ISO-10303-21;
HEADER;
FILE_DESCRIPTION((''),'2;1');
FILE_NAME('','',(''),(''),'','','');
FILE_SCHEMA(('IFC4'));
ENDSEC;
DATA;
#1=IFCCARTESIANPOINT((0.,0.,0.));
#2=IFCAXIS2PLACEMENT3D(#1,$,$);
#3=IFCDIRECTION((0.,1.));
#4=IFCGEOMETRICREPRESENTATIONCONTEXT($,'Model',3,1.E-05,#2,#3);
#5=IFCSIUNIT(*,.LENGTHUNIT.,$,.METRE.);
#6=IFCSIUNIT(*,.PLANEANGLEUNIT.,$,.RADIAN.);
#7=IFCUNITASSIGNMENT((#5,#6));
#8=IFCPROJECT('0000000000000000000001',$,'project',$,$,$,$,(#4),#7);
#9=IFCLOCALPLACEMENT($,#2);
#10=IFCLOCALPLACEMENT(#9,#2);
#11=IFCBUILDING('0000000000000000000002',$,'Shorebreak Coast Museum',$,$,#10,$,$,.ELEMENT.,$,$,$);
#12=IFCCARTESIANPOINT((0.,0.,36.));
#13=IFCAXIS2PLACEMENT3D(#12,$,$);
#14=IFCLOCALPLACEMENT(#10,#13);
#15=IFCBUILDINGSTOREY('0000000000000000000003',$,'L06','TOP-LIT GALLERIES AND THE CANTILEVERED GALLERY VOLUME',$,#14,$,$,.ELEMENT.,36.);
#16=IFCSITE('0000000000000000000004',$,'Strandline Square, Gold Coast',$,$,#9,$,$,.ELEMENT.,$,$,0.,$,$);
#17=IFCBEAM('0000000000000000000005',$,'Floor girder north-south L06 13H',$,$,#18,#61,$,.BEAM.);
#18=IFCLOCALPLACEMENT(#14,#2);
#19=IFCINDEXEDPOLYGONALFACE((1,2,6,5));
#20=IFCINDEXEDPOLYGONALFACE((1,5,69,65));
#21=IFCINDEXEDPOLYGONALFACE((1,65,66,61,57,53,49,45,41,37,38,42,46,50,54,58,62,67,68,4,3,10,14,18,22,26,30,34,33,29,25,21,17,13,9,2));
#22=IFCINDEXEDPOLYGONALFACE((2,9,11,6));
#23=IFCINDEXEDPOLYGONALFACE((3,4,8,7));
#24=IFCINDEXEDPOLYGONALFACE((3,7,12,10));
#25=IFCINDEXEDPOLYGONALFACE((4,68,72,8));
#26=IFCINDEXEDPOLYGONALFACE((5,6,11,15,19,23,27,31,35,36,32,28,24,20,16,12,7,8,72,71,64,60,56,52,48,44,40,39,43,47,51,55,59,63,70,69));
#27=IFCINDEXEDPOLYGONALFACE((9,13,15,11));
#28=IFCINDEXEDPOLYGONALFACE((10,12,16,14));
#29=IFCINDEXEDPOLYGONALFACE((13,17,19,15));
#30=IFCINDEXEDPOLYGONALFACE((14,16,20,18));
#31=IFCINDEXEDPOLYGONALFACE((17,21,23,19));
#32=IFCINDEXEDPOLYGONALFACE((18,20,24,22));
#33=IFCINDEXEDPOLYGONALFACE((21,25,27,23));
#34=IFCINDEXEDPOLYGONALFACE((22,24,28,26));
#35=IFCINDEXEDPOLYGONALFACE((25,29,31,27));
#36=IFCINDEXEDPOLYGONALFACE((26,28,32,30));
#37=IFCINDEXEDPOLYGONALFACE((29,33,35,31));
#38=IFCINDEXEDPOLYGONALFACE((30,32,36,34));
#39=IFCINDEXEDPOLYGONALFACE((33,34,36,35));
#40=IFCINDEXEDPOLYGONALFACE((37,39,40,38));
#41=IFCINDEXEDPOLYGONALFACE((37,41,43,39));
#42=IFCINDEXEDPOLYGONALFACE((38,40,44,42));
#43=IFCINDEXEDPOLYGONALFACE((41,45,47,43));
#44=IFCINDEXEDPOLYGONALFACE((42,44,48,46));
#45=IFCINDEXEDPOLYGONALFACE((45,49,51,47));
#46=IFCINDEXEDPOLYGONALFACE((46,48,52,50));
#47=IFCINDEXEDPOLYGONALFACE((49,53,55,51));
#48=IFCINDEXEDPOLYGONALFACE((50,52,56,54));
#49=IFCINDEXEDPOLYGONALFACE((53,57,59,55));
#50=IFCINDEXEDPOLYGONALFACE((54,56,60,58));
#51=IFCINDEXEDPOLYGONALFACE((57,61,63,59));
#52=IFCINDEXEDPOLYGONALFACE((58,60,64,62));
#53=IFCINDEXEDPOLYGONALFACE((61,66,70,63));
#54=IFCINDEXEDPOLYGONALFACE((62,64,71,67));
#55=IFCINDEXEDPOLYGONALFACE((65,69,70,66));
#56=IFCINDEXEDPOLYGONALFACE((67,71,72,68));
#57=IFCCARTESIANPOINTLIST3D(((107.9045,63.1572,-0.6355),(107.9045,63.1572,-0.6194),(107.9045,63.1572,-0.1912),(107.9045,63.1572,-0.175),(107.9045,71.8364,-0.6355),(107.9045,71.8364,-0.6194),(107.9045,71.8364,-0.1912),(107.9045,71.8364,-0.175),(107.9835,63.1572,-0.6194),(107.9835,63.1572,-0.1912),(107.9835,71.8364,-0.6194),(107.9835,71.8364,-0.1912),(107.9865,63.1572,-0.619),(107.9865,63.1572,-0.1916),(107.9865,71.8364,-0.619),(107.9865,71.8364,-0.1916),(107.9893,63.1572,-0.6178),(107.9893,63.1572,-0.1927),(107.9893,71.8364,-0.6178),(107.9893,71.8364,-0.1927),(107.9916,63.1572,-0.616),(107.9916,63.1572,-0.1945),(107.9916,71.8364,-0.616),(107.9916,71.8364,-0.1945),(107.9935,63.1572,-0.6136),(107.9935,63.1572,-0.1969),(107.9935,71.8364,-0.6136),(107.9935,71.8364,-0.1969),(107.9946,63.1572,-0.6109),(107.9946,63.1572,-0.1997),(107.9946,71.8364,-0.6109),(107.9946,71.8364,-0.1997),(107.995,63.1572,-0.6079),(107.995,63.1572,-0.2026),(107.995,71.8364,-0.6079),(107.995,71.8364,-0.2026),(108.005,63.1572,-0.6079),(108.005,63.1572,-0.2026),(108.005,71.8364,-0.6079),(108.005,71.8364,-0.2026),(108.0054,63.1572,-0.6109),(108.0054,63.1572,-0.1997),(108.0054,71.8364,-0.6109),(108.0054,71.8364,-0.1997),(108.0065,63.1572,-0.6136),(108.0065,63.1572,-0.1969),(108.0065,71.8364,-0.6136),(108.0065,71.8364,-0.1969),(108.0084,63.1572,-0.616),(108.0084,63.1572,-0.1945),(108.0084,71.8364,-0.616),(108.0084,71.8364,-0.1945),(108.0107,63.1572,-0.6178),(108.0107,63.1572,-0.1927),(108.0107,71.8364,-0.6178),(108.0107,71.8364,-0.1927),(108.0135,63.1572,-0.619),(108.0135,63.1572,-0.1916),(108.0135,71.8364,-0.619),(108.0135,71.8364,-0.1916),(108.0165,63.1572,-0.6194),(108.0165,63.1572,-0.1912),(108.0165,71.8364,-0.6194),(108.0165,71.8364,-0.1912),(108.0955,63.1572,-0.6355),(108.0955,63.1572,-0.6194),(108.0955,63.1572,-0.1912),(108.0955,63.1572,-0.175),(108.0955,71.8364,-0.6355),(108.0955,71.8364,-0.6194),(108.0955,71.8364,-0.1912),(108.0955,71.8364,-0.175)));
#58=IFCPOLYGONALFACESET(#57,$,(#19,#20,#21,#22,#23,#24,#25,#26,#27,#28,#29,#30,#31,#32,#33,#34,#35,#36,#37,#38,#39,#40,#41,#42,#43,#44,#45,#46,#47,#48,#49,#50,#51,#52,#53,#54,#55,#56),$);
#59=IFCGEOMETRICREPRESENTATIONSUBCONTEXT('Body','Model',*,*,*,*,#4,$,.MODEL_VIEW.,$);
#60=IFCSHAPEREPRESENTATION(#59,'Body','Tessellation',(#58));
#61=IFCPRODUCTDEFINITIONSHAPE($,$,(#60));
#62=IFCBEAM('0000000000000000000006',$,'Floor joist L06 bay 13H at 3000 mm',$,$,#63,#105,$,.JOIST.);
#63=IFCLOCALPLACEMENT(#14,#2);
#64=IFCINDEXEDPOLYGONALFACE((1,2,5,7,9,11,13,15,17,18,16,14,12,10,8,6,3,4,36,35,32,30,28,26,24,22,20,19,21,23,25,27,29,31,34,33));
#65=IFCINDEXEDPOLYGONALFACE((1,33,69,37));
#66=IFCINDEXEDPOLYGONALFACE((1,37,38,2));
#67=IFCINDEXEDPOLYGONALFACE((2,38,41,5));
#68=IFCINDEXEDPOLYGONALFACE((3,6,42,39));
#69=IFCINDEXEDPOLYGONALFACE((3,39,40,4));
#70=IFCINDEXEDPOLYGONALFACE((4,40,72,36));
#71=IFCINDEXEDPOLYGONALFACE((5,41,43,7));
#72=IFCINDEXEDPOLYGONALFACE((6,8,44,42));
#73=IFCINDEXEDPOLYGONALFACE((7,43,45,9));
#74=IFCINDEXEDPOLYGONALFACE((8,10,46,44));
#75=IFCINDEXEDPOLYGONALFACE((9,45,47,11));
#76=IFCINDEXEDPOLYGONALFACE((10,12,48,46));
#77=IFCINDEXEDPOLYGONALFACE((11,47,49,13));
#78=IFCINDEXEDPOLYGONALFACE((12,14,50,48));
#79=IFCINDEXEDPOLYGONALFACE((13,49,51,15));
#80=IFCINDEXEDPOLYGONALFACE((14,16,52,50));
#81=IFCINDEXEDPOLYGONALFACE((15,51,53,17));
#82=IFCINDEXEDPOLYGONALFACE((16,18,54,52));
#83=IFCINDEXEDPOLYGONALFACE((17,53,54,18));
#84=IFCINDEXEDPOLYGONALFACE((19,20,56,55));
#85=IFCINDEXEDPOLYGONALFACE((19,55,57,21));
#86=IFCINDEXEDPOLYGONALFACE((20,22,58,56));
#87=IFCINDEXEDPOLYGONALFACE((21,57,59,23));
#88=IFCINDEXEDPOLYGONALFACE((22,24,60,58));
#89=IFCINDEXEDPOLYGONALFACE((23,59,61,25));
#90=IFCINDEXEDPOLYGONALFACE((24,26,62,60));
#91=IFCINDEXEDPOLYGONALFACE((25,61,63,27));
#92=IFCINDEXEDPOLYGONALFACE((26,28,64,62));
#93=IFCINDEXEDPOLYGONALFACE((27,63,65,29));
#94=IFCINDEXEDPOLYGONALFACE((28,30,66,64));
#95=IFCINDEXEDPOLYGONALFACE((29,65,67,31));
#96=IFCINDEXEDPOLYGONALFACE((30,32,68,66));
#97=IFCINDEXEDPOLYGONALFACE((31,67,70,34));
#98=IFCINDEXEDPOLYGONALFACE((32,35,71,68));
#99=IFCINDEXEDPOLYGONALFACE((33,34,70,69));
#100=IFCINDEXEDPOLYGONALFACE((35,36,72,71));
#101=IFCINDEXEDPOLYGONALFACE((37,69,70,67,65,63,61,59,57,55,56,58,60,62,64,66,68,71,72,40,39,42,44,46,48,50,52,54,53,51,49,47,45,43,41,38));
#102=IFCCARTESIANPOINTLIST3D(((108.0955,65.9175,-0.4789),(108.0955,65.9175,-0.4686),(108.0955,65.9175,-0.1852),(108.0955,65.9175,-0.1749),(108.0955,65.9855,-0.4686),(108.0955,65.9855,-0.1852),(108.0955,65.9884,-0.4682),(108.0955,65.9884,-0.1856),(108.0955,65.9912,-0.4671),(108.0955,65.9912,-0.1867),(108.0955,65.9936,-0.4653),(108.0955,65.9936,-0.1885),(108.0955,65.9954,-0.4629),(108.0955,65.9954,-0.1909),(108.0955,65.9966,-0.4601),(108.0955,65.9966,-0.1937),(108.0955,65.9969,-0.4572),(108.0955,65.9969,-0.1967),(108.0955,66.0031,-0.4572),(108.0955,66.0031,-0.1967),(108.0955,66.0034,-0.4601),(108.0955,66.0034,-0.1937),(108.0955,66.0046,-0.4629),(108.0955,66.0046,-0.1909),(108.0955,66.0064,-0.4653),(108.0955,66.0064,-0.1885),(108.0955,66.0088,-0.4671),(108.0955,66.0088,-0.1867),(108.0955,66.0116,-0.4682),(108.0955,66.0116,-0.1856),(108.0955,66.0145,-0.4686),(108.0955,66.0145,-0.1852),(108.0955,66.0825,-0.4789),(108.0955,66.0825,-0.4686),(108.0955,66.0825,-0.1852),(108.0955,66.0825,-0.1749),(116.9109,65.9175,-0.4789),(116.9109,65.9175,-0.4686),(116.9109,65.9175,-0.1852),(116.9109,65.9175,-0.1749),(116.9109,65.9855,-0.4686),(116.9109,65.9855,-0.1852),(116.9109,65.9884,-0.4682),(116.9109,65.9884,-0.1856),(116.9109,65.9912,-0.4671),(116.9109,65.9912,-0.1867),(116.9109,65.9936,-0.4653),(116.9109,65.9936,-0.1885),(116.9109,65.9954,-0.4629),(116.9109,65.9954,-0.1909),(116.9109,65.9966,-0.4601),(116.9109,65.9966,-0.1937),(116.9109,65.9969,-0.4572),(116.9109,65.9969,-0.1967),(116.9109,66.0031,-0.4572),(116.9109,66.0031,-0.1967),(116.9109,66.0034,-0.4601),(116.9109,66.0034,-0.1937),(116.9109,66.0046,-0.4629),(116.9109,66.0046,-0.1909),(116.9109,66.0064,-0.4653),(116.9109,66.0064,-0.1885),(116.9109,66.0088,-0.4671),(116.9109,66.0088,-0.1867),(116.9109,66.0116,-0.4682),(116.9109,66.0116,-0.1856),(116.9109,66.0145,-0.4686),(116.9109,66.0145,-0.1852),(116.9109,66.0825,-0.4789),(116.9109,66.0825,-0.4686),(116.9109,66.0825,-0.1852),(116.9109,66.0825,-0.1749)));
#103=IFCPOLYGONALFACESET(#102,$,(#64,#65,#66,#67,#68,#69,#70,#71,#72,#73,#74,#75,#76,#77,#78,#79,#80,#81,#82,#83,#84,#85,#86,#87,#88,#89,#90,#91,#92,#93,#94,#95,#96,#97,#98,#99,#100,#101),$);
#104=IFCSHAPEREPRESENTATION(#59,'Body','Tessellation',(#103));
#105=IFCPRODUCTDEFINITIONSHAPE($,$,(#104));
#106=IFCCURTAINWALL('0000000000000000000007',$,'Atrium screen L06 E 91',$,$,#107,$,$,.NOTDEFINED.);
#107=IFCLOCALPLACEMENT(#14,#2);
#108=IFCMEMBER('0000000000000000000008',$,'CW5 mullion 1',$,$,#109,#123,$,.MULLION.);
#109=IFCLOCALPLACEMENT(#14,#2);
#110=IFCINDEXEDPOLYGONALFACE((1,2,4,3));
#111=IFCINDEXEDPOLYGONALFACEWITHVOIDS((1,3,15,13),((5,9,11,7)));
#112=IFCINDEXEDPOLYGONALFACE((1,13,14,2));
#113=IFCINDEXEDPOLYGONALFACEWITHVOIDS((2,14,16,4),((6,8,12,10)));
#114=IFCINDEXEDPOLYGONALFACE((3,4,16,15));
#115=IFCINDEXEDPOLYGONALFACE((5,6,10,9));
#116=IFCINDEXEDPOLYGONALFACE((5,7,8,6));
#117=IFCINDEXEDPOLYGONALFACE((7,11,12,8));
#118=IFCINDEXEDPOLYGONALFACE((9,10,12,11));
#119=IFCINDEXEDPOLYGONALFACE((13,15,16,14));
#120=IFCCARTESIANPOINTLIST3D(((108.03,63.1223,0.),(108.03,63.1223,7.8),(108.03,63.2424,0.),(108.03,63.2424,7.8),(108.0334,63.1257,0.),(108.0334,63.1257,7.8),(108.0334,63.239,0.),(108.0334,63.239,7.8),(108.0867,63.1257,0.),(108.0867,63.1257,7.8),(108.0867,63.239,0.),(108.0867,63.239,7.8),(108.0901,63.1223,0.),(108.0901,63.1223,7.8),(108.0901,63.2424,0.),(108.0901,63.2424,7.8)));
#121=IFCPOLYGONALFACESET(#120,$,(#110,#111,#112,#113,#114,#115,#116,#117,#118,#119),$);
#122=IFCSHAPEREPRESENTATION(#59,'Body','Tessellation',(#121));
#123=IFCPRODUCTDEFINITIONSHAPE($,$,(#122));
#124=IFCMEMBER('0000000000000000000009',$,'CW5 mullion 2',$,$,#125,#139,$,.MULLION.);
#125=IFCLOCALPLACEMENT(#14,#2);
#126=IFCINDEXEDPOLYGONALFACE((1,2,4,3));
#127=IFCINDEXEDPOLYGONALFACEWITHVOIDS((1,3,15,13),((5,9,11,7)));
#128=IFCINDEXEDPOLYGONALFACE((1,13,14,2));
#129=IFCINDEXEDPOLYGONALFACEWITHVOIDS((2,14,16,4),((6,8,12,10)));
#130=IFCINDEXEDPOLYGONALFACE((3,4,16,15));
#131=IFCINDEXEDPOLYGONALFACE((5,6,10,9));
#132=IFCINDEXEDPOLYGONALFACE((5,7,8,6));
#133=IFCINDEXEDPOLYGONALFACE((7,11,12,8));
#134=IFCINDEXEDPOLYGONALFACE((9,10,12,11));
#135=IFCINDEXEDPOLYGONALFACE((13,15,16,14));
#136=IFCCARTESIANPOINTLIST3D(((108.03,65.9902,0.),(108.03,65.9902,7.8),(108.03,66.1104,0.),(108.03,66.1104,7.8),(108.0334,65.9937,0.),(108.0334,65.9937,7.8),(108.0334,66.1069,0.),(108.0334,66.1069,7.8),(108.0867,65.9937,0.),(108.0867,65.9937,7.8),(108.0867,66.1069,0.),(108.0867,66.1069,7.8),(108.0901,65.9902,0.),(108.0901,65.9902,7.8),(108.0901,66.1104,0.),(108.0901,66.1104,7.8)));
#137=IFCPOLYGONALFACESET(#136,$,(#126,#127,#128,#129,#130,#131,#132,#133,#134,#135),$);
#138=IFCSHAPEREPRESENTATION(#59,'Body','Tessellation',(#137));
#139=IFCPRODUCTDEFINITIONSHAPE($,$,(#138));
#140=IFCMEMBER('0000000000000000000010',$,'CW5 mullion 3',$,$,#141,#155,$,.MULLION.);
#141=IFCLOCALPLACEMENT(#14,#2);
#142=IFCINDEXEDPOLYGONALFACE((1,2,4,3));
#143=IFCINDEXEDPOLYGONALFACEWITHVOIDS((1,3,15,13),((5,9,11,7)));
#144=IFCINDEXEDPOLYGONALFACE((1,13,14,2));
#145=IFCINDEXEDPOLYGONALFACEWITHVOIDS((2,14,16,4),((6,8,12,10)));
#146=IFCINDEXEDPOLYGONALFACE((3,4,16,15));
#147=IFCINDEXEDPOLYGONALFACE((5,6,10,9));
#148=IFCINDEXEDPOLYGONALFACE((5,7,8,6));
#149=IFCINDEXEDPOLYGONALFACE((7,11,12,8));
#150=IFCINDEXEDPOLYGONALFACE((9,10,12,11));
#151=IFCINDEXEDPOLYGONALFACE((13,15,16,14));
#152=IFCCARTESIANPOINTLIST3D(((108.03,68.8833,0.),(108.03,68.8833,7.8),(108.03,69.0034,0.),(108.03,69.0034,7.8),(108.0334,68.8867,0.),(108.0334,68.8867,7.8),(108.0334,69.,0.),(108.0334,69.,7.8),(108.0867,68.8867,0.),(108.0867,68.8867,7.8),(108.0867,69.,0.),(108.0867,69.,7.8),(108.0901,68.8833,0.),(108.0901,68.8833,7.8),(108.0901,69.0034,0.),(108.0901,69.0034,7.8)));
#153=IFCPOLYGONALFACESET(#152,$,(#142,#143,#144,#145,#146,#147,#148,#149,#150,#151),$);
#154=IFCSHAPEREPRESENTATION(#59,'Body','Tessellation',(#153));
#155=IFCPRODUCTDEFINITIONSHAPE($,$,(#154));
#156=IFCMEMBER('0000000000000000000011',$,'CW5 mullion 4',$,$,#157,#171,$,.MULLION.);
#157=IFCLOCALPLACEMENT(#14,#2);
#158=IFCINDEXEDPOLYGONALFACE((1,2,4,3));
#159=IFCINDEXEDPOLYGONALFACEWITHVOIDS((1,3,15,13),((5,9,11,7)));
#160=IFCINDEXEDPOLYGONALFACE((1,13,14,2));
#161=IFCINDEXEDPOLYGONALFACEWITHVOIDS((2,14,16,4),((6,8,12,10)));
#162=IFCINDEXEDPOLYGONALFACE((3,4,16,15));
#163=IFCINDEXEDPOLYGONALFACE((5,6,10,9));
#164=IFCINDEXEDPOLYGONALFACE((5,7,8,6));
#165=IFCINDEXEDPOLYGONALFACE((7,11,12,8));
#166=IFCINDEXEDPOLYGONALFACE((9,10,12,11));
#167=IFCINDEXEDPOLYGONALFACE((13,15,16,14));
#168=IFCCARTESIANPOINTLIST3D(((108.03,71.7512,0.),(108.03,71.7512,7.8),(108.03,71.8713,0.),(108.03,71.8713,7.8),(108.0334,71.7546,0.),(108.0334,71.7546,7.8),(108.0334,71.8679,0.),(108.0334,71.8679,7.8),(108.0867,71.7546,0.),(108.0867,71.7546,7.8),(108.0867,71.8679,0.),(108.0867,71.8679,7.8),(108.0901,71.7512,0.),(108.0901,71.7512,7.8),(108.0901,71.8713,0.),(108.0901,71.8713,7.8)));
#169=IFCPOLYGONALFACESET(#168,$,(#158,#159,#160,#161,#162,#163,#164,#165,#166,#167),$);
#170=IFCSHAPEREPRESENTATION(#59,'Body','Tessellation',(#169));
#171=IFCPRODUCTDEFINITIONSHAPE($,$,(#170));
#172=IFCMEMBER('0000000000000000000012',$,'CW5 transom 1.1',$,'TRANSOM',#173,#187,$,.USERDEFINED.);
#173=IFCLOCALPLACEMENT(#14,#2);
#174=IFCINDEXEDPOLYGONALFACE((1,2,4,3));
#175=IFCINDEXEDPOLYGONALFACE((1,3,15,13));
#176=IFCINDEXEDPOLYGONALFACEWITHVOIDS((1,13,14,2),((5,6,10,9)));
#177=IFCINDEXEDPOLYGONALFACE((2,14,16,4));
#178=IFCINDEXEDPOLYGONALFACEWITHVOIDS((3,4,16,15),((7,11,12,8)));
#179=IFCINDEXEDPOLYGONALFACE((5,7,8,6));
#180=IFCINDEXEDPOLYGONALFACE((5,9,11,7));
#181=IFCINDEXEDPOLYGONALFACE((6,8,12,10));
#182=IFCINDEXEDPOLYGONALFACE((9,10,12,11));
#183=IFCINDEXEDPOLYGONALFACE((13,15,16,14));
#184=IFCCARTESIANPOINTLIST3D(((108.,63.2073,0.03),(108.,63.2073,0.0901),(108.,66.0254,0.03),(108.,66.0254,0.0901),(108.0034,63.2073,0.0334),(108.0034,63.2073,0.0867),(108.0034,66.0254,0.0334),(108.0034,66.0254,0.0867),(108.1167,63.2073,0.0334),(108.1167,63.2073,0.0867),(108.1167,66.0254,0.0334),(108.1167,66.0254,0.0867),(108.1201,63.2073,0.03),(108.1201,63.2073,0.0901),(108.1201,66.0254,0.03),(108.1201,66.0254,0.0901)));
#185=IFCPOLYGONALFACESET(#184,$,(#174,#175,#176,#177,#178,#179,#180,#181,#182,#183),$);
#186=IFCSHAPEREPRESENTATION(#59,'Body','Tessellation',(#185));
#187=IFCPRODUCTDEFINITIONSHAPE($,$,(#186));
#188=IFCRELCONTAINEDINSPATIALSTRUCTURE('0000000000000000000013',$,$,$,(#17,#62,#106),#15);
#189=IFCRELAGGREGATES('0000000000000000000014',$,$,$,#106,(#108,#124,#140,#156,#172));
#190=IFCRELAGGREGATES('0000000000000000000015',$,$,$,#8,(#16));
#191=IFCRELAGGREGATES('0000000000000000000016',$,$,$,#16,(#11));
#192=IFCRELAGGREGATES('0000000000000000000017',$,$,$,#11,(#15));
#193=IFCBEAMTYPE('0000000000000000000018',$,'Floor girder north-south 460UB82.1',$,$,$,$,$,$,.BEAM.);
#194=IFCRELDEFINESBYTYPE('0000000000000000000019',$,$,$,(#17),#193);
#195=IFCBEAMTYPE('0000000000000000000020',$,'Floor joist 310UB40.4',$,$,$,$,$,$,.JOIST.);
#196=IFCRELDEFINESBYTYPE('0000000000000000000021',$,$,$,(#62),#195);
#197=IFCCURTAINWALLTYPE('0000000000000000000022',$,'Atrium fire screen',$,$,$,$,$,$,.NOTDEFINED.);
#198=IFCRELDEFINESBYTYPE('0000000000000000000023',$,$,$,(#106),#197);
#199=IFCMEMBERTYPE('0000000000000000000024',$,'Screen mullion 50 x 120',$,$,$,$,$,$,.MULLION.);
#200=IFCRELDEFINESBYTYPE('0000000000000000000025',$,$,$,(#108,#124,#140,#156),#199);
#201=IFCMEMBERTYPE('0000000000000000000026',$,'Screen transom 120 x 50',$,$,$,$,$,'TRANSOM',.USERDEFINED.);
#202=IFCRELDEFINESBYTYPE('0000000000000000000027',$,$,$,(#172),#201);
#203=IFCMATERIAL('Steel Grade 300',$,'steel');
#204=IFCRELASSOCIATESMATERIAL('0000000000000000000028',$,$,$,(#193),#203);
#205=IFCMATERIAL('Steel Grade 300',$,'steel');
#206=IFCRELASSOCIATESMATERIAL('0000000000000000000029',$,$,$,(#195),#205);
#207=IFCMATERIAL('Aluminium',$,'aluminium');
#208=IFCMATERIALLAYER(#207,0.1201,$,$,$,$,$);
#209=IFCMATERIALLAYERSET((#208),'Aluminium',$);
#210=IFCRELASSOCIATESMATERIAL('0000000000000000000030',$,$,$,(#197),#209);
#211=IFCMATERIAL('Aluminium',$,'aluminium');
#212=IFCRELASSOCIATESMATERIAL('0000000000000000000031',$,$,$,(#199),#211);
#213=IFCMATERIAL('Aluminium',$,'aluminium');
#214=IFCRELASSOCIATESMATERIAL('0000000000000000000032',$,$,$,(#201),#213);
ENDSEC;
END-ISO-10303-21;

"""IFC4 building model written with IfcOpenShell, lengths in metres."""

from ifc_helpers import new_model, si_unit, direction, frame, origin, origin_2d, place, context, subcontext, project, spatial, hollow_rectangle, i_section, extrude, material, layer, layer_set, material_profile, profile_set, type_object, element, aggregate, save


model = new_model("IFC4")

# Units and contexts
model_context = context("Model", 3, precision=1e-05, world=origin(), true_north=direction((0.0, 1.0)))
body_context = subcontext(model_context, "Body", "Model", "MODEL_VIEW")
ifc_project = project(units=[si_unit("LENGTHUNIT", "METRE"), si_unit("PLANEANGLEUNIT", "RADIAN")], contexts=[model_context])

# Site, building, storey
site_placement = place(None, origin())
site = spatial("IfcSite", under=ifc_project, at=site_placement, Name="Strandline Square, Gold Coast", CompositionType="ELEMENT", RefElevation=0.0)
building_placement = place(site_placement, origin())
building = spatial("IfcBuilding", under=site, at=building_placement, Name="Shorebreak Coast Museum", CompositionType="ELEMENT")
storey_placement = place(building_placement, frame((0.0, 0.0, 36.0)))
storey = spatial("IfcBuildingStorey", under=building, at=storey_placement, Name="L06", Description="TOP-LIT GALLERIES AND THE CANTILEVERED GALLERY VOLUME", CompositionType="ELEMENT", Elevation=36.0)

# Beams
ifc_material_1 = material(Name="Steel Grade 300", Category="steel")
ifc_material_profile_1 = material_profile(ifc_material_1, i_section(OverallWidth=0.1909, OverallDepth=0.4604, WebThickness=0.01, FlangeThickness=0.0161, FilletRadius=0.0115, at=origin_2d()), Name="460UB82.1")
ifc_profile_set_1 = profile_set([ifc_material_profile_1], Name="Steel Grade 300")
beam_type_1 = type_object("IfcBeamType", Name="Floor girder north-south 460UB82.1", PredefinedType="BEAM", material=ifc_profile_set_1)
beam_1_placement = place(storey_placement, frame((108.0, 63.1572, -0.4053), z_axis=(0.0, 1.0, 0.0), x_axis=(-1.0, 0.0, 0.0)))
element("IfcBeam", 1, at=beam_1_placement, inside=storey, type_object=beam_type_1, Name="Floor girder north-south L06 13H", PredefinedType="BEAM", context=body_context, shape_type="SweptSolid", body=[
    extrude(i_section(OverallWidth=0.1909, OverallDepth=0.4604, WebThickness=0.01, FlangeThickness=0.0161, FilletRadius=0.0115, at=origin_2d()), origin(), (0.0, 0.0, 1.0), 8.6792),
])
ifc_material_2 = material(Name="Steel Grade 300", Category="steel")
ifc_material_profile_2 = material_profile(ifc_material_2, i_section(OverallWidth=0.165, OverallDepth=0.304, WebThickness=0.0061, FlangeThickness=0.0103, FilletRadius=0.0115, at=origin_2d()), Name="310UB40.4")
ifc_profile_set_2 = profile_set([ifc_material_profile_2], Name="Steel Grade 300")
beam_type_2 = type_object("IfcBeamType", Name="Floor joist 310UB40.4", PredefinedType="JOIST", material=ifc_profile_set_2)
beam_2_placement = place(storey_placement, frame((108.0955, 66.0, -0.3269), z_axis=(1.0, 0.0, 0.0), x_axis=(0.0, 1.0, 0.0)))
element("IfcBeam", 2, at=beam_2_placement, inside=storey, type_object=beam_type_2, Name="Floor joist L06 bay 13H at 3000 mm", PredefinedType="JOIST", context=body_context, shape_type="SweptSolid", body=[
    extrude(i_section(OverallWidth=0.165, OverallDepth=0.304, WebThickness=0.0061, FlangeThickness=0.0103, FilletRadius=0.0115, at=origin_2d()), origin(), (0.0, 0.0, 1.0), 8.8154),
])

# Curtain wall, members
ifc_material_3 = material(Name="Aluminium", Category="aluminium")
ifc_layer_1 = layer(ifc_material_3, 0.1201)
ifc_layer_set_1 = layer_set([ifc_layer_1], Name="Aluminium")
curtain_wall_type = type_object("IfcCurtainWallType", Name="Atrium fire screen", PredefinedType="NOTDEFINED", material=ifc_layer_set_1)
curtain_wall_placement = place(storey_placement, origin())
curtain_wall = element("IfcCurtainWall", 3, at=curtain_wall_placement, inside=storey, type_object=curtain_wall_type, Name="Atrium screen L06 E 91", PredefinedType="NOTDEFINED")
ifc_material_4 = material(Name="Aluminium", Category="aluminium")
ifc_material_profile_3 = material_profile(ifc_material_4, hollow_rectangle(XDim=0.0601, YDim=0.1201, WallThickness=0.0034, at=origin_2d()), Name="AL 120x60 RHS")
ifc_profile_set_3 = profile_set([ifc_material_profile_3], Name="Aluminium")
member_type_1 = type_object("IfcMemberType", Name="Screen mullion 50 x 120", PredefinedType="MULLION", material=ifc_profile_set_3)
member_1_placement = place(storey_placement, frame((108.0601, 63.1824, 0.0), z_axis=(0.0, 0.0, 1.0), x_axis=(-1.0, 0.0, 0.0)))
member_1 = element("IfcMember", 4, at=member_1_placement, type_object=member_type_1, Name="CW5 mullion 1", PredefinedType="MULLION", context=body_context, shape_type="SweptSolid", body=[
    extrude(hollow_rectangle(XDim=0.0601, YDim=0.1201, WallThickness=0.0034, at=origin_2d()), origin(), (0.0, 0.0, 1.0), 7.8),
])
member_2_placement = place(storey_placement, frame((108.0601, 66.0503, 0.0), z_axis=(0.0, 0.0, 1.0), x_axis=(-1.0, 0.0, 0.0)))
member_2 = element("IfcMember", 5, at=member_2_placement, type_object=member_type_1, Name="CW5 mullion 2", PredefinedType="MULLION", context=body_context, shape_type="SweptSolid", body=[
    extrude(hollow_rectangle(XDim=0.0601, YDim=0.1201, WallThickness=0.0034, at=origin_2d()), origin(), (0.0, 0.0, 1.0), 7.8),
])
member_3_placement = place(storey_placement, frame((108.0601, 68.9434, 0.0), z_axis=(0.0, 0.0, 1.0), x_axis=(-1.0, 0.0, 0.0)))
member_3 = element("IfcMember", 6, at=member_3_placement, type_object=member_type_1, Name="CW5 mullion 3", PredefinedType="MULLION", context=body_context, shape_type="SweptSolid", body=[
    extrude(hollow_rectangle(XDim=0.0601, YDim=0.1201, WallThickness=0.0034, at=origin_2d()), origin(), (0.0, 0.0, 1.0), 7.8),
])
member_4_placement = place(storey_placement, frame((108.0601, 71.8113, 0.0), z_axis=(0.0, 0.0, 1.0), x_axis=(-1.0, 0.0, 0.0)))
member_4 = element("IfcMember", 7, at=member_4_placement, type_object=member_type_1, Name="CW5 mullion 4", PredefinedType="MULLION", context=body_context, shape_type="SweptSolid", body=[
    extrude(hollow_rectangle(XDim=0.0601, YDim=0.1201, WallThickness=0.0034, at=origin_2d()), origin(), (0.0, 0.0, 1.0), 7.8),
])
ifc_material_5 = material(Name="Aluminium", Category="aluminium")
ifc_material_profile_4 = material_profile(ifc_material_5, hollow_rectangle(XDim=0.1201, YDim=0.0601, WallThickness=0.0034, at=origin_2d()), Name="AL 60x120 RHS")
ifc_profile_set_4 = profile_set([ifc_material_profile_4], Name="Aluminium")
member_type_2 = type_object("IfcMemberType", Name="Screen transom 120 x 50", ElementType="TRANSOM", PredefinedType="USERDEFINED", material=ifc_profile_set_4)
member_5_placement = place(storey_placement, frame((108.0601, 63.2073, 0.0601), z_axis=(0.0, 1.0, 0.0), x_axis=(-1.0, 0.0, 0.0)))
member_5 = element("IfcMember", 8, at=member_5_placement, type_object=member_type_2, Name="CW5 transom 1.1", ObjectType="TRANSOM", PredefinedType="USERDEFINED", context=body_context, shape_type="SweptSolid", body=[
    extrude(hollow_rectangle(XDim=0.1201, YDim=0.0601, WallThickness=0.0034, at=origin_2d()), origin(), (0.0, 0.0, 1.0), 2.8181),
])
aggregate(curtain_wall, [member_1, member_2, member_3, member_4, member_5])

save(model, "model.ifc")
